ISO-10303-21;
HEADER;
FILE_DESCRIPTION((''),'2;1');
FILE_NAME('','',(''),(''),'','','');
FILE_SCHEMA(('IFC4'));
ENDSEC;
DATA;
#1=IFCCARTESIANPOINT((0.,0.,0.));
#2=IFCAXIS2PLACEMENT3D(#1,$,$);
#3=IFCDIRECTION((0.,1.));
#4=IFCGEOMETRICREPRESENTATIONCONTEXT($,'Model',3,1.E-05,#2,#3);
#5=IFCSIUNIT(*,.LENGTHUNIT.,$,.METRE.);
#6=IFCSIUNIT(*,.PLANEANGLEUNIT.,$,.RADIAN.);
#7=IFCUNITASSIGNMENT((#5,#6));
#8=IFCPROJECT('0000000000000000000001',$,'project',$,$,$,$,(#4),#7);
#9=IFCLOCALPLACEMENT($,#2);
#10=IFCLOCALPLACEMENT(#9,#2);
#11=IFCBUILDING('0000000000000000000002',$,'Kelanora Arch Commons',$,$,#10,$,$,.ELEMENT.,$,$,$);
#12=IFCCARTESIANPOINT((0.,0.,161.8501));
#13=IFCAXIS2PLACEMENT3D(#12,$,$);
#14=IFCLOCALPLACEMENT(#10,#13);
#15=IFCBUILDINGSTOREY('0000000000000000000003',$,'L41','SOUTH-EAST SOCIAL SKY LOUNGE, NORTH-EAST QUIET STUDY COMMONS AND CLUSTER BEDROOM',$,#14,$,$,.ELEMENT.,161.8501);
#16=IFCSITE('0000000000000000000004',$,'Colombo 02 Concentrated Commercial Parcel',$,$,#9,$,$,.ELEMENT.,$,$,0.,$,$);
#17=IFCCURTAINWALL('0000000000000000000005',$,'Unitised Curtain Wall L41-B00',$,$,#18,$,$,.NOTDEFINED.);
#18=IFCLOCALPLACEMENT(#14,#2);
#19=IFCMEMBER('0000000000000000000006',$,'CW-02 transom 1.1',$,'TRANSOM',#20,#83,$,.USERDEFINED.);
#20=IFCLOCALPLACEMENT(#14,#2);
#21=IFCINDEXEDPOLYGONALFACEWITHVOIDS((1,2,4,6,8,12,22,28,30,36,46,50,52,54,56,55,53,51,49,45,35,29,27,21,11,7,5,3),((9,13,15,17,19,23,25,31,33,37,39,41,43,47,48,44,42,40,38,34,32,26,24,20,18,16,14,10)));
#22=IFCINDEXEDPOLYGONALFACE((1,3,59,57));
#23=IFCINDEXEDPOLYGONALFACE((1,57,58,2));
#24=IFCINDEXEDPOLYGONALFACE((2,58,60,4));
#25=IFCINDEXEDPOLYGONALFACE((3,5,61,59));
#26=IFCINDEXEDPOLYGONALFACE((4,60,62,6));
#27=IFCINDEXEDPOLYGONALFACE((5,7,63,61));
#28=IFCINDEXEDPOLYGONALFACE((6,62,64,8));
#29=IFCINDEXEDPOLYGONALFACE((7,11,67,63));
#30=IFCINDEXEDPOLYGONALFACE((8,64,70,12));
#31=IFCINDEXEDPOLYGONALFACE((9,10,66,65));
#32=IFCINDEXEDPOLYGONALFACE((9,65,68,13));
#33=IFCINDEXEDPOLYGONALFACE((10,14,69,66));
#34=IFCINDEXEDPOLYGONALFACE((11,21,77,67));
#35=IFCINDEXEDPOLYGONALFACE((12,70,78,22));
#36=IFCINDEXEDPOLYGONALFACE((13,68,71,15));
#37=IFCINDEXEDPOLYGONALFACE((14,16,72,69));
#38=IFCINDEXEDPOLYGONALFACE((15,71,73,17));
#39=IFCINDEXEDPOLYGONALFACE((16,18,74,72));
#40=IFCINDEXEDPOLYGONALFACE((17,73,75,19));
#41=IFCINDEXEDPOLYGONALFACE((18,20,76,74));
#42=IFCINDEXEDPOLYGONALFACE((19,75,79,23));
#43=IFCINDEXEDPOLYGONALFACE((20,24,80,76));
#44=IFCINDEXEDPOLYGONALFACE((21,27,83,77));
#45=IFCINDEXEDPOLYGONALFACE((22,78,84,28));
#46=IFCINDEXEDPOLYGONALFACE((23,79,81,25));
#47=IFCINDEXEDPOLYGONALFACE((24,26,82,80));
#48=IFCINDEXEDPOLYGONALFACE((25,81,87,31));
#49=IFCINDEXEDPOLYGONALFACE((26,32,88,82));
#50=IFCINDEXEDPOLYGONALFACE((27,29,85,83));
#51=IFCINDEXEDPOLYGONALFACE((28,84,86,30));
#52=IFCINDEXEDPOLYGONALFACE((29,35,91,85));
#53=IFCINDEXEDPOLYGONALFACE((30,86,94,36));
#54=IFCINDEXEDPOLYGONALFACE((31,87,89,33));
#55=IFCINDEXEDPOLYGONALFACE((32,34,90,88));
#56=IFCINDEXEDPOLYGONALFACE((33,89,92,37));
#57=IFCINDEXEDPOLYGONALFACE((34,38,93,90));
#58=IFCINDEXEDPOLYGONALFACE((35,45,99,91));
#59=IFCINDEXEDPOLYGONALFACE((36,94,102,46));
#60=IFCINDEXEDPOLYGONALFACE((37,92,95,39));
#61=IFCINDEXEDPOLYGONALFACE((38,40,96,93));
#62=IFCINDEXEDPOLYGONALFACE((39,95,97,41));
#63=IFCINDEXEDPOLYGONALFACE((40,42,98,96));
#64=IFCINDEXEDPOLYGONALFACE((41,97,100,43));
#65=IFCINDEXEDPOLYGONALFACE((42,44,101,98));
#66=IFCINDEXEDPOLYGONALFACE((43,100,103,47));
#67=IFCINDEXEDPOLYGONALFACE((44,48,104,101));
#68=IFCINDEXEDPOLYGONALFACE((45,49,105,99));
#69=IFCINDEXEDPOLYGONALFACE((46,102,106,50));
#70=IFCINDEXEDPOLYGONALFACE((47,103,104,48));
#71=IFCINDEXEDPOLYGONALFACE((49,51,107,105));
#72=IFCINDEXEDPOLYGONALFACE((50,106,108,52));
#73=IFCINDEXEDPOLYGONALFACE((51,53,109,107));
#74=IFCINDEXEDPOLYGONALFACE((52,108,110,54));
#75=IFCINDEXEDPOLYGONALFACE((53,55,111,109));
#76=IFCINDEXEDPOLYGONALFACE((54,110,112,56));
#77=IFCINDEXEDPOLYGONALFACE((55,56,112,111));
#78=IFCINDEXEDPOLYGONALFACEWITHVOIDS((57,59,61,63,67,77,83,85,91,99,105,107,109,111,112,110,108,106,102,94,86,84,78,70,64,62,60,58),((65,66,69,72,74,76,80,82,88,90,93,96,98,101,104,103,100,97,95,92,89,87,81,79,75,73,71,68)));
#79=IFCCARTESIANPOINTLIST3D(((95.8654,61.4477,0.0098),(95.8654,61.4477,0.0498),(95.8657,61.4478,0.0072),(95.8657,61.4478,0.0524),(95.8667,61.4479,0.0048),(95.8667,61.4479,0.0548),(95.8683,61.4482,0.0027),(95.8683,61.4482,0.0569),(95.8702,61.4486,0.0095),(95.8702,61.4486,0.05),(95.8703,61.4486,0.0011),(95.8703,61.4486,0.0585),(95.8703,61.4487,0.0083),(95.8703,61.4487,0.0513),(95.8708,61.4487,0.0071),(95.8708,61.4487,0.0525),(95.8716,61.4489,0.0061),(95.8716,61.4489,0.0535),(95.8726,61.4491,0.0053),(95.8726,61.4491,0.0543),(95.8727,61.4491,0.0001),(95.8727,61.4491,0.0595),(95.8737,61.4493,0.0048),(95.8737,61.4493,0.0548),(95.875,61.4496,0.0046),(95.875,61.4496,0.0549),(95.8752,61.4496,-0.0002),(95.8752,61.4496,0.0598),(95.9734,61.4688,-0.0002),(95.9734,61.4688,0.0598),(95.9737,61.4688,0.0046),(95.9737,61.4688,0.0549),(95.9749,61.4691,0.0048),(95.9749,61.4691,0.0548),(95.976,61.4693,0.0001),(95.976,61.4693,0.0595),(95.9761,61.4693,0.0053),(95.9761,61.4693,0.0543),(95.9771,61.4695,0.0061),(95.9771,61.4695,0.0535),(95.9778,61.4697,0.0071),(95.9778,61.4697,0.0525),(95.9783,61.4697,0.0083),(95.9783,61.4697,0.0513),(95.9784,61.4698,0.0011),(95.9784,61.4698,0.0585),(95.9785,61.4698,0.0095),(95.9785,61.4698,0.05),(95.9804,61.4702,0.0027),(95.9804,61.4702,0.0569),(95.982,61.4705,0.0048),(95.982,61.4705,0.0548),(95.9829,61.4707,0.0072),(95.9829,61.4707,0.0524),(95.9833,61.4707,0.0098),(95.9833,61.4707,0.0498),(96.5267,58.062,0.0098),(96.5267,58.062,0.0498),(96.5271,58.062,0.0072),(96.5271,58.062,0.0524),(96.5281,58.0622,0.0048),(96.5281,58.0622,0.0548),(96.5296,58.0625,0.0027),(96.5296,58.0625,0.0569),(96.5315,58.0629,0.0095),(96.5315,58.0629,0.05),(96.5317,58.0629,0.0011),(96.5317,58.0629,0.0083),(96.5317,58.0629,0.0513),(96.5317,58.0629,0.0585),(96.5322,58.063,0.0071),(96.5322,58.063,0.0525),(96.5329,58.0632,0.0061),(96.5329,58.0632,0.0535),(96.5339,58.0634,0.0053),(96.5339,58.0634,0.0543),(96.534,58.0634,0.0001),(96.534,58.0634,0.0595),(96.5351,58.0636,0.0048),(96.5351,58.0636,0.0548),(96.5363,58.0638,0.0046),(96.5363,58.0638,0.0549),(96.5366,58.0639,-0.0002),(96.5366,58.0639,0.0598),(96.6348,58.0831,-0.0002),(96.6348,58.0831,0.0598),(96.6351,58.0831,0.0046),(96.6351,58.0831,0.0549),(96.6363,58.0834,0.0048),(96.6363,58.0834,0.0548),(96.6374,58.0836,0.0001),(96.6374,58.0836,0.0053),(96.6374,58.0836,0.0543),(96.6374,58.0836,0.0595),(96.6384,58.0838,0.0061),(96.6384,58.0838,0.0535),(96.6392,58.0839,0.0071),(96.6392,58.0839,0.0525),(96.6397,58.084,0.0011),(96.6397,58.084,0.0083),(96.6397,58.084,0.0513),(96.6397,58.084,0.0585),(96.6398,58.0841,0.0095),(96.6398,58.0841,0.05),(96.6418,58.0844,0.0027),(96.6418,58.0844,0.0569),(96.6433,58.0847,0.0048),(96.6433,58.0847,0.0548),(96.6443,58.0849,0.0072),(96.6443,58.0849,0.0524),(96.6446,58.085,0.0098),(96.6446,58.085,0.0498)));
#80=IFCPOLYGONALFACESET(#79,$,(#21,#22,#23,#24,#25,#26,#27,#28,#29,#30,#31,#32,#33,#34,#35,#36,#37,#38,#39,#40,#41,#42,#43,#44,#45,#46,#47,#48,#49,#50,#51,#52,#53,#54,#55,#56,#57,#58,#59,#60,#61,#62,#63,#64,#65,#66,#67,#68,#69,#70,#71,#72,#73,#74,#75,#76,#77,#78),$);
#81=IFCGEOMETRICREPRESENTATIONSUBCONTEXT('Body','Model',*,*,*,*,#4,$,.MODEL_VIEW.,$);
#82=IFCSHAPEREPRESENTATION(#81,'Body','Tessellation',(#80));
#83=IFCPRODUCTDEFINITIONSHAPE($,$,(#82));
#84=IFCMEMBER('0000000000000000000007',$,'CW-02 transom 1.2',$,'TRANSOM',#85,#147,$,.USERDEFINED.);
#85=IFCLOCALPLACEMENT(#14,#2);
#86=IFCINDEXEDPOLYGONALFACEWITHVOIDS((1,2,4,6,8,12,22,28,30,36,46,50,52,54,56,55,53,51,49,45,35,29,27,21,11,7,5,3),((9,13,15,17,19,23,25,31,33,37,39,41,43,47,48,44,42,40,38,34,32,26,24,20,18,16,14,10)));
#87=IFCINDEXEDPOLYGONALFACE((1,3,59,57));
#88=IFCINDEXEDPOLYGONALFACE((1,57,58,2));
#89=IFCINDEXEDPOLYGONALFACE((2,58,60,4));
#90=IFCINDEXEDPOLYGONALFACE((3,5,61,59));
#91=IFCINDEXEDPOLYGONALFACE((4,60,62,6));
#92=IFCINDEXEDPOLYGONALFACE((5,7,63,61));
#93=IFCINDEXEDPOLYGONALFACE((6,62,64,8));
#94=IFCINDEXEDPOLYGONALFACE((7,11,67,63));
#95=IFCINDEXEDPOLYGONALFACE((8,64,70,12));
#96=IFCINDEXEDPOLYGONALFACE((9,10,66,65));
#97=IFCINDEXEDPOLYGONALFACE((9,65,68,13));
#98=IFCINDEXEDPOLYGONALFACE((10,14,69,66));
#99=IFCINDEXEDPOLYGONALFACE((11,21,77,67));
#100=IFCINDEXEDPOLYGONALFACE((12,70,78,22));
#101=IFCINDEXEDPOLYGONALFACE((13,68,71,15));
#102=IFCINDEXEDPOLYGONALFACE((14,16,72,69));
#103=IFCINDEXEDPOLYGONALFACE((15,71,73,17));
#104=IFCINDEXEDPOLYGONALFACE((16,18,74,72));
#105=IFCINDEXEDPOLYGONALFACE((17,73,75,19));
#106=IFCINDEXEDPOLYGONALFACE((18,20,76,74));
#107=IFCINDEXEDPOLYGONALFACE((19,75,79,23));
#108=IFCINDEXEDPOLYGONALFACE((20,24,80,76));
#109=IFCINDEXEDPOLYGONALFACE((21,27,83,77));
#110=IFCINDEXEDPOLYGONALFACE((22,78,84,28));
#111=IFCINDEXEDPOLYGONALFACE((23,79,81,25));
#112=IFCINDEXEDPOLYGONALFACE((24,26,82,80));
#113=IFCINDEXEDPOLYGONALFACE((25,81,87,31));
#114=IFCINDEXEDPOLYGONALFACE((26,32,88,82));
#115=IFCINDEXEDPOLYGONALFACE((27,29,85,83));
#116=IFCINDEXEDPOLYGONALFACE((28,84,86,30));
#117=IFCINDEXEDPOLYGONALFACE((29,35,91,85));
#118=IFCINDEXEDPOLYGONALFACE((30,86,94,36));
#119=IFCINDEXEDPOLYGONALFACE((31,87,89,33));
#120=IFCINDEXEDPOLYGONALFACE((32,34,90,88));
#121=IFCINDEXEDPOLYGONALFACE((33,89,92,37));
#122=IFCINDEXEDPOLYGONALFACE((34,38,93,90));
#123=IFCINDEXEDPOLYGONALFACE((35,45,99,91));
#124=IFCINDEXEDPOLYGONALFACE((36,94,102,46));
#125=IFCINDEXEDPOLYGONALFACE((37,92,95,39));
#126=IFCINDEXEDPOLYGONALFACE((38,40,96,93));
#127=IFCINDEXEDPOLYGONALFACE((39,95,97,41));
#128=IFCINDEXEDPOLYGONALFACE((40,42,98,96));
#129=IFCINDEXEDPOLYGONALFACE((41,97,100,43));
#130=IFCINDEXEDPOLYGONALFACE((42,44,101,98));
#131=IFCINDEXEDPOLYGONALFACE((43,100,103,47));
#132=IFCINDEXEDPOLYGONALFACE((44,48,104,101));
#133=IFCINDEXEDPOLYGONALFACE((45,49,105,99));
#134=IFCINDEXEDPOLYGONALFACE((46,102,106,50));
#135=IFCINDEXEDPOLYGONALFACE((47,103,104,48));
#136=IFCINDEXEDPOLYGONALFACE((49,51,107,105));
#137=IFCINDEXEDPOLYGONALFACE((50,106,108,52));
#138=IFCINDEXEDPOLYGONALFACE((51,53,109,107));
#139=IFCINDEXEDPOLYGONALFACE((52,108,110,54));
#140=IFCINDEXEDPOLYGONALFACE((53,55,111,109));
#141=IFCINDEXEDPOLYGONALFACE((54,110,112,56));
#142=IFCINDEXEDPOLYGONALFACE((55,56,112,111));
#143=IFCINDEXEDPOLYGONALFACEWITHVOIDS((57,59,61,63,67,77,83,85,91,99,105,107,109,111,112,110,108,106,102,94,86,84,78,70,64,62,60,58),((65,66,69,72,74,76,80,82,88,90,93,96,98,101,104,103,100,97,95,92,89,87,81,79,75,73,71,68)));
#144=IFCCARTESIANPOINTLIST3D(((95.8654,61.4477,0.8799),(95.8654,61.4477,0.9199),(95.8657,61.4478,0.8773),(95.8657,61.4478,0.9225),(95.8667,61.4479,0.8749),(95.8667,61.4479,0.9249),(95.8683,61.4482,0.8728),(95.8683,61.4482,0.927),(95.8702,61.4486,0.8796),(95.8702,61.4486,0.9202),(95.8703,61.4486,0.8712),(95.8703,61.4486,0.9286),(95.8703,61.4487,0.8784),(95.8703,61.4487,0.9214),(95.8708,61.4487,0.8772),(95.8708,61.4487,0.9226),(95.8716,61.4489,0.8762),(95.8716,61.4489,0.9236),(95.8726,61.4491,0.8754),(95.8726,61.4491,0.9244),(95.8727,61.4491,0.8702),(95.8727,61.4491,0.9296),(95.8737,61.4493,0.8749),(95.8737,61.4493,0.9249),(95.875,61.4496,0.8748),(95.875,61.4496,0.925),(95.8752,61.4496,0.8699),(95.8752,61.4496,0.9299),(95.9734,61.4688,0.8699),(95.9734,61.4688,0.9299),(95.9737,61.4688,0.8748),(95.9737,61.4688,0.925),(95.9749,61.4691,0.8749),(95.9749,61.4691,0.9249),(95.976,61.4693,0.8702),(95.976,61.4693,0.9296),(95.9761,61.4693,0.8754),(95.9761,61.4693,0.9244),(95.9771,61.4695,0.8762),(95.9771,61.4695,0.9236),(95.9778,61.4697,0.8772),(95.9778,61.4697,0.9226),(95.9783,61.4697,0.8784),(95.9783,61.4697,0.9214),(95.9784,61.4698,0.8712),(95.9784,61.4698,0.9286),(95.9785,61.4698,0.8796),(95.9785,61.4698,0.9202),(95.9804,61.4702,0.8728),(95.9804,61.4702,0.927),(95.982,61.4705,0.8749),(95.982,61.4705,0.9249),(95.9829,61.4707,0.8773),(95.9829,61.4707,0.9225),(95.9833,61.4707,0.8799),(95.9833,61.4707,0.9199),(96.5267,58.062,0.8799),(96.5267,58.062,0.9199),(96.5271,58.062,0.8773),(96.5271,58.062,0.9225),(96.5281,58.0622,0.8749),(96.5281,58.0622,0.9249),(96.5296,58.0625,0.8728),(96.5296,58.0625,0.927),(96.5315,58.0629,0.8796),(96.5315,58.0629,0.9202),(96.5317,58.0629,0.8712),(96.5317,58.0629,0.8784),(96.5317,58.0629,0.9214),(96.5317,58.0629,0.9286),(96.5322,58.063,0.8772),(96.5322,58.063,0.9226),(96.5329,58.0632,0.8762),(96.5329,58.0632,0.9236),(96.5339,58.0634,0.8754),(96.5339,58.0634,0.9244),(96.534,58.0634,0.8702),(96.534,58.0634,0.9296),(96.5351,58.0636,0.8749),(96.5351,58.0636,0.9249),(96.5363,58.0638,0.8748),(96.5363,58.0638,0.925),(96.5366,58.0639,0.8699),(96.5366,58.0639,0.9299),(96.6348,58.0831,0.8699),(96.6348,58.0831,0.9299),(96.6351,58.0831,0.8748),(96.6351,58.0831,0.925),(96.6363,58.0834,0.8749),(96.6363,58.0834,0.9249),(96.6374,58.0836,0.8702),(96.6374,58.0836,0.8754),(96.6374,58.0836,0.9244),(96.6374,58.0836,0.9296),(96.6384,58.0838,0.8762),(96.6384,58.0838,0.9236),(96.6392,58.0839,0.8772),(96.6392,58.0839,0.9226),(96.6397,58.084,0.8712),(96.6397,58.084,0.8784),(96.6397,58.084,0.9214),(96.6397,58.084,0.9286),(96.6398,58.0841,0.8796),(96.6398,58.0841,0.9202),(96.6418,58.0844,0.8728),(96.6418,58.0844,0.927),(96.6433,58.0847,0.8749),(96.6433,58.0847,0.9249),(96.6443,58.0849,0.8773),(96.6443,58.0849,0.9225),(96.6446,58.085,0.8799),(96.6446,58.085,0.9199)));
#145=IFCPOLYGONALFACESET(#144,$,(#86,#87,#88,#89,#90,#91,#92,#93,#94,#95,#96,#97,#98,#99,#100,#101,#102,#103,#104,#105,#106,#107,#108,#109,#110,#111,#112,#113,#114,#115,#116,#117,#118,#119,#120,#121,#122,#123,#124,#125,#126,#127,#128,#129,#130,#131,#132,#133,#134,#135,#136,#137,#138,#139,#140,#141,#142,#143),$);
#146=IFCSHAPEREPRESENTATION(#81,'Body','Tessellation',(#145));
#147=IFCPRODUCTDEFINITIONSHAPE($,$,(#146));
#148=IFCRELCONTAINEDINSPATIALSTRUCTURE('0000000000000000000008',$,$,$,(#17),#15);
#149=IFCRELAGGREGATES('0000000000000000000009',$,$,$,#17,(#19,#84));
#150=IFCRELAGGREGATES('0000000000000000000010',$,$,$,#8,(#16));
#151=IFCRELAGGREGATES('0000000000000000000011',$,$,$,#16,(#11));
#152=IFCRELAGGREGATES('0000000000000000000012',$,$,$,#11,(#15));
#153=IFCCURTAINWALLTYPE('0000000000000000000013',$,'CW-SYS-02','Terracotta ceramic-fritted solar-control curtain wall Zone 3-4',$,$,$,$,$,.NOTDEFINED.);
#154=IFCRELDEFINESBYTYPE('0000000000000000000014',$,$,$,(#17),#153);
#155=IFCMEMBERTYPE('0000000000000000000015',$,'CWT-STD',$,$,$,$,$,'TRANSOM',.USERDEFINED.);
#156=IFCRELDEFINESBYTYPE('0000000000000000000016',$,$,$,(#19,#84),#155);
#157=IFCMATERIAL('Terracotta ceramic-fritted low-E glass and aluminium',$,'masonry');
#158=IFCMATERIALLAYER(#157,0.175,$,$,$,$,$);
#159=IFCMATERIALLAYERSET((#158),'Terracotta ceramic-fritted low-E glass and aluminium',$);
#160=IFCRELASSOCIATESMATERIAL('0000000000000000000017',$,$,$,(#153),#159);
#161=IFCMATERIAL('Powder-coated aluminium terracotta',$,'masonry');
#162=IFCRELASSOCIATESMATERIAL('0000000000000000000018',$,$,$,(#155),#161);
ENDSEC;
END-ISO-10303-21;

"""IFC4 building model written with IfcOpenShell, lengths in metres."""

from ifc_helpers import new_model, si_unit, direction, frame, origin, origin_2d, place, context, subcontext, project, spatial, hollow_rectangle, extrude, material, layer, layer_set, material_profile, profile_set, type_object, element, aggregate, save


model = new_model("IFC4")

# Units and contexts
model_context = context("Model", 3, precision=1e-05, world=origin(), true_north=direction((0.0, 1.0)))
body_context = subcontext(model_context, "Body", "Model", "MODEL_VIEW")
ifc_project = project(units=[si_unit("LENGTHUNIT", "METRE"), si_unit("PLANEANGLEUNIT", "RADIAN")], contexts=[model_context])

# Site, building, storey
site_placement = place(None, origin())
site = spatial("IfcSite", under=ifc_project, at=site_placement, Name="Colombo 02 Concentrated Commercial Parcel", CompositionType="ELEMENT", RefElevation=0.0)
building_placement = place(site_placement, origin())
building = spatial("IfcBuilding", under=site, at=building_placement, Name="Kelanora Arch Commons", CompositionType="ELEMENT")
storey_placement = place(building_placement, frame((0.0, 0.0, 161.8501)))
storey = spatial("IfcBuildingStorey", under=building, at=storey_placement, Name="L41", Description="SOUTH-EAST SOCIAL SKY LOUNGE, NORTH-EAST QUIET STUDY COMMONS AND CLUSTER BEDROOM", CompositionType="ELEMENT", Elevation=161.8501)

# Curtain wall, members
ifc_material_1 = material(Name="Terracotta ceramic-fritted low-E glass and aluminium", Category="masonry")
ifc_layer_1 = layer(ifc_material_1, 0.175)
ifc_layer_set_1 = layer_set([ifc_layer_1], Name="Terracotta ceramic-fritted low-E glass and aluminium")
curtain_wall_type = type_object("IfcCurtainWallType", Name="CW-SYS-02", Description="Terracotta ceramic-fritted solar-control curtain wall Zone 3-4", PredefinedType="NOTDEFINED", material=ifc_layer_set_1)
curtain_wall_placement = place(storey_placement, origin())
curtain_wall = element("IfcCurtainWall", 1, at=curtain_wall_placement, inside=storey, type_object=curtain_wall_type, Name="Unitised Curtain Wall L41-B00", PredefinedType="NOTDEFINED")
ifc_material_2 = material(Name="Powder-coated aluminium terracotta", Category="masonry")
ifc_material_profile_1 = material_profile(ifc_material_2, hollow_rectangle(XDim=0.1201, YDim=0.0601, WallThickness=0.0049, InnerFilletRadius=0.0049, OuterFilletRadius=0.01, at=origin_2d()), Name="CWT120x60")
ifc_profile_set_1 = profile_set([ifc_material_profile_1], Name="Powder-coated aluminium terracotta")
member_type_1 = type_object("IfcMemberType", Name="CWT-STD", ElementType="TRANSOM", PredefinedType="USERDEFINED", material=ifc_profile_set_1)
member_1_placement = place(storey_placement, frame((96.5857, 58.0735, 0.0298), z_axis=(-0.191718, 0.98145, 0.0), x_axis=(-0.98145, -0.191718, 0.0)))
member_1 = element("IfcMember", 2, at=member_1_placement, type_object=member_type_1, Name="CW-02 transom 1.1", ObjectType="TRANSOM", PredefinedType="USERDEFINED", context=body_context, shape_type="SweptSolid", body=[
    extrude(hollow_rectangle(XDim=0.1201, YDim=0.0601, WallThickness=0.0049, InnerFilletRadius=0.0049, OuterFilletRadius=0.01, at=origin_2d()), origin(), (0.0, 0.0, 1.0), 3.4497),
])
member_2_placement = place(storey_placement, frame((96.5857, 58.0735, 0.8999), z_axis=(-0.191718, 0.98145, 0.0), x_axis=(-0.98145, -0.191718, 0.0)))
member_2 = element("IfcMember", 3, at=member_2_placement, type_object=member_type_1, Name="CW-02 transom 1.2", ObjectType="TRANSOM", PredefinedType="USERDEFINED", context=body_context, shape_type="SweptSolid", body=[
    extrude(hollow_rectangle(XDim=0.1201, YDim=0.0601, WallThickness=0.0049, InnerFilletRadius=0.0049, OuterFilletRadius=0.01, at=origin_2d()), origin(), (0.0, 0.0, 1.0), 3.4497),
])
aggregate(curtain_wall, [member_1, member_2])

save(model, "model.ifc")
